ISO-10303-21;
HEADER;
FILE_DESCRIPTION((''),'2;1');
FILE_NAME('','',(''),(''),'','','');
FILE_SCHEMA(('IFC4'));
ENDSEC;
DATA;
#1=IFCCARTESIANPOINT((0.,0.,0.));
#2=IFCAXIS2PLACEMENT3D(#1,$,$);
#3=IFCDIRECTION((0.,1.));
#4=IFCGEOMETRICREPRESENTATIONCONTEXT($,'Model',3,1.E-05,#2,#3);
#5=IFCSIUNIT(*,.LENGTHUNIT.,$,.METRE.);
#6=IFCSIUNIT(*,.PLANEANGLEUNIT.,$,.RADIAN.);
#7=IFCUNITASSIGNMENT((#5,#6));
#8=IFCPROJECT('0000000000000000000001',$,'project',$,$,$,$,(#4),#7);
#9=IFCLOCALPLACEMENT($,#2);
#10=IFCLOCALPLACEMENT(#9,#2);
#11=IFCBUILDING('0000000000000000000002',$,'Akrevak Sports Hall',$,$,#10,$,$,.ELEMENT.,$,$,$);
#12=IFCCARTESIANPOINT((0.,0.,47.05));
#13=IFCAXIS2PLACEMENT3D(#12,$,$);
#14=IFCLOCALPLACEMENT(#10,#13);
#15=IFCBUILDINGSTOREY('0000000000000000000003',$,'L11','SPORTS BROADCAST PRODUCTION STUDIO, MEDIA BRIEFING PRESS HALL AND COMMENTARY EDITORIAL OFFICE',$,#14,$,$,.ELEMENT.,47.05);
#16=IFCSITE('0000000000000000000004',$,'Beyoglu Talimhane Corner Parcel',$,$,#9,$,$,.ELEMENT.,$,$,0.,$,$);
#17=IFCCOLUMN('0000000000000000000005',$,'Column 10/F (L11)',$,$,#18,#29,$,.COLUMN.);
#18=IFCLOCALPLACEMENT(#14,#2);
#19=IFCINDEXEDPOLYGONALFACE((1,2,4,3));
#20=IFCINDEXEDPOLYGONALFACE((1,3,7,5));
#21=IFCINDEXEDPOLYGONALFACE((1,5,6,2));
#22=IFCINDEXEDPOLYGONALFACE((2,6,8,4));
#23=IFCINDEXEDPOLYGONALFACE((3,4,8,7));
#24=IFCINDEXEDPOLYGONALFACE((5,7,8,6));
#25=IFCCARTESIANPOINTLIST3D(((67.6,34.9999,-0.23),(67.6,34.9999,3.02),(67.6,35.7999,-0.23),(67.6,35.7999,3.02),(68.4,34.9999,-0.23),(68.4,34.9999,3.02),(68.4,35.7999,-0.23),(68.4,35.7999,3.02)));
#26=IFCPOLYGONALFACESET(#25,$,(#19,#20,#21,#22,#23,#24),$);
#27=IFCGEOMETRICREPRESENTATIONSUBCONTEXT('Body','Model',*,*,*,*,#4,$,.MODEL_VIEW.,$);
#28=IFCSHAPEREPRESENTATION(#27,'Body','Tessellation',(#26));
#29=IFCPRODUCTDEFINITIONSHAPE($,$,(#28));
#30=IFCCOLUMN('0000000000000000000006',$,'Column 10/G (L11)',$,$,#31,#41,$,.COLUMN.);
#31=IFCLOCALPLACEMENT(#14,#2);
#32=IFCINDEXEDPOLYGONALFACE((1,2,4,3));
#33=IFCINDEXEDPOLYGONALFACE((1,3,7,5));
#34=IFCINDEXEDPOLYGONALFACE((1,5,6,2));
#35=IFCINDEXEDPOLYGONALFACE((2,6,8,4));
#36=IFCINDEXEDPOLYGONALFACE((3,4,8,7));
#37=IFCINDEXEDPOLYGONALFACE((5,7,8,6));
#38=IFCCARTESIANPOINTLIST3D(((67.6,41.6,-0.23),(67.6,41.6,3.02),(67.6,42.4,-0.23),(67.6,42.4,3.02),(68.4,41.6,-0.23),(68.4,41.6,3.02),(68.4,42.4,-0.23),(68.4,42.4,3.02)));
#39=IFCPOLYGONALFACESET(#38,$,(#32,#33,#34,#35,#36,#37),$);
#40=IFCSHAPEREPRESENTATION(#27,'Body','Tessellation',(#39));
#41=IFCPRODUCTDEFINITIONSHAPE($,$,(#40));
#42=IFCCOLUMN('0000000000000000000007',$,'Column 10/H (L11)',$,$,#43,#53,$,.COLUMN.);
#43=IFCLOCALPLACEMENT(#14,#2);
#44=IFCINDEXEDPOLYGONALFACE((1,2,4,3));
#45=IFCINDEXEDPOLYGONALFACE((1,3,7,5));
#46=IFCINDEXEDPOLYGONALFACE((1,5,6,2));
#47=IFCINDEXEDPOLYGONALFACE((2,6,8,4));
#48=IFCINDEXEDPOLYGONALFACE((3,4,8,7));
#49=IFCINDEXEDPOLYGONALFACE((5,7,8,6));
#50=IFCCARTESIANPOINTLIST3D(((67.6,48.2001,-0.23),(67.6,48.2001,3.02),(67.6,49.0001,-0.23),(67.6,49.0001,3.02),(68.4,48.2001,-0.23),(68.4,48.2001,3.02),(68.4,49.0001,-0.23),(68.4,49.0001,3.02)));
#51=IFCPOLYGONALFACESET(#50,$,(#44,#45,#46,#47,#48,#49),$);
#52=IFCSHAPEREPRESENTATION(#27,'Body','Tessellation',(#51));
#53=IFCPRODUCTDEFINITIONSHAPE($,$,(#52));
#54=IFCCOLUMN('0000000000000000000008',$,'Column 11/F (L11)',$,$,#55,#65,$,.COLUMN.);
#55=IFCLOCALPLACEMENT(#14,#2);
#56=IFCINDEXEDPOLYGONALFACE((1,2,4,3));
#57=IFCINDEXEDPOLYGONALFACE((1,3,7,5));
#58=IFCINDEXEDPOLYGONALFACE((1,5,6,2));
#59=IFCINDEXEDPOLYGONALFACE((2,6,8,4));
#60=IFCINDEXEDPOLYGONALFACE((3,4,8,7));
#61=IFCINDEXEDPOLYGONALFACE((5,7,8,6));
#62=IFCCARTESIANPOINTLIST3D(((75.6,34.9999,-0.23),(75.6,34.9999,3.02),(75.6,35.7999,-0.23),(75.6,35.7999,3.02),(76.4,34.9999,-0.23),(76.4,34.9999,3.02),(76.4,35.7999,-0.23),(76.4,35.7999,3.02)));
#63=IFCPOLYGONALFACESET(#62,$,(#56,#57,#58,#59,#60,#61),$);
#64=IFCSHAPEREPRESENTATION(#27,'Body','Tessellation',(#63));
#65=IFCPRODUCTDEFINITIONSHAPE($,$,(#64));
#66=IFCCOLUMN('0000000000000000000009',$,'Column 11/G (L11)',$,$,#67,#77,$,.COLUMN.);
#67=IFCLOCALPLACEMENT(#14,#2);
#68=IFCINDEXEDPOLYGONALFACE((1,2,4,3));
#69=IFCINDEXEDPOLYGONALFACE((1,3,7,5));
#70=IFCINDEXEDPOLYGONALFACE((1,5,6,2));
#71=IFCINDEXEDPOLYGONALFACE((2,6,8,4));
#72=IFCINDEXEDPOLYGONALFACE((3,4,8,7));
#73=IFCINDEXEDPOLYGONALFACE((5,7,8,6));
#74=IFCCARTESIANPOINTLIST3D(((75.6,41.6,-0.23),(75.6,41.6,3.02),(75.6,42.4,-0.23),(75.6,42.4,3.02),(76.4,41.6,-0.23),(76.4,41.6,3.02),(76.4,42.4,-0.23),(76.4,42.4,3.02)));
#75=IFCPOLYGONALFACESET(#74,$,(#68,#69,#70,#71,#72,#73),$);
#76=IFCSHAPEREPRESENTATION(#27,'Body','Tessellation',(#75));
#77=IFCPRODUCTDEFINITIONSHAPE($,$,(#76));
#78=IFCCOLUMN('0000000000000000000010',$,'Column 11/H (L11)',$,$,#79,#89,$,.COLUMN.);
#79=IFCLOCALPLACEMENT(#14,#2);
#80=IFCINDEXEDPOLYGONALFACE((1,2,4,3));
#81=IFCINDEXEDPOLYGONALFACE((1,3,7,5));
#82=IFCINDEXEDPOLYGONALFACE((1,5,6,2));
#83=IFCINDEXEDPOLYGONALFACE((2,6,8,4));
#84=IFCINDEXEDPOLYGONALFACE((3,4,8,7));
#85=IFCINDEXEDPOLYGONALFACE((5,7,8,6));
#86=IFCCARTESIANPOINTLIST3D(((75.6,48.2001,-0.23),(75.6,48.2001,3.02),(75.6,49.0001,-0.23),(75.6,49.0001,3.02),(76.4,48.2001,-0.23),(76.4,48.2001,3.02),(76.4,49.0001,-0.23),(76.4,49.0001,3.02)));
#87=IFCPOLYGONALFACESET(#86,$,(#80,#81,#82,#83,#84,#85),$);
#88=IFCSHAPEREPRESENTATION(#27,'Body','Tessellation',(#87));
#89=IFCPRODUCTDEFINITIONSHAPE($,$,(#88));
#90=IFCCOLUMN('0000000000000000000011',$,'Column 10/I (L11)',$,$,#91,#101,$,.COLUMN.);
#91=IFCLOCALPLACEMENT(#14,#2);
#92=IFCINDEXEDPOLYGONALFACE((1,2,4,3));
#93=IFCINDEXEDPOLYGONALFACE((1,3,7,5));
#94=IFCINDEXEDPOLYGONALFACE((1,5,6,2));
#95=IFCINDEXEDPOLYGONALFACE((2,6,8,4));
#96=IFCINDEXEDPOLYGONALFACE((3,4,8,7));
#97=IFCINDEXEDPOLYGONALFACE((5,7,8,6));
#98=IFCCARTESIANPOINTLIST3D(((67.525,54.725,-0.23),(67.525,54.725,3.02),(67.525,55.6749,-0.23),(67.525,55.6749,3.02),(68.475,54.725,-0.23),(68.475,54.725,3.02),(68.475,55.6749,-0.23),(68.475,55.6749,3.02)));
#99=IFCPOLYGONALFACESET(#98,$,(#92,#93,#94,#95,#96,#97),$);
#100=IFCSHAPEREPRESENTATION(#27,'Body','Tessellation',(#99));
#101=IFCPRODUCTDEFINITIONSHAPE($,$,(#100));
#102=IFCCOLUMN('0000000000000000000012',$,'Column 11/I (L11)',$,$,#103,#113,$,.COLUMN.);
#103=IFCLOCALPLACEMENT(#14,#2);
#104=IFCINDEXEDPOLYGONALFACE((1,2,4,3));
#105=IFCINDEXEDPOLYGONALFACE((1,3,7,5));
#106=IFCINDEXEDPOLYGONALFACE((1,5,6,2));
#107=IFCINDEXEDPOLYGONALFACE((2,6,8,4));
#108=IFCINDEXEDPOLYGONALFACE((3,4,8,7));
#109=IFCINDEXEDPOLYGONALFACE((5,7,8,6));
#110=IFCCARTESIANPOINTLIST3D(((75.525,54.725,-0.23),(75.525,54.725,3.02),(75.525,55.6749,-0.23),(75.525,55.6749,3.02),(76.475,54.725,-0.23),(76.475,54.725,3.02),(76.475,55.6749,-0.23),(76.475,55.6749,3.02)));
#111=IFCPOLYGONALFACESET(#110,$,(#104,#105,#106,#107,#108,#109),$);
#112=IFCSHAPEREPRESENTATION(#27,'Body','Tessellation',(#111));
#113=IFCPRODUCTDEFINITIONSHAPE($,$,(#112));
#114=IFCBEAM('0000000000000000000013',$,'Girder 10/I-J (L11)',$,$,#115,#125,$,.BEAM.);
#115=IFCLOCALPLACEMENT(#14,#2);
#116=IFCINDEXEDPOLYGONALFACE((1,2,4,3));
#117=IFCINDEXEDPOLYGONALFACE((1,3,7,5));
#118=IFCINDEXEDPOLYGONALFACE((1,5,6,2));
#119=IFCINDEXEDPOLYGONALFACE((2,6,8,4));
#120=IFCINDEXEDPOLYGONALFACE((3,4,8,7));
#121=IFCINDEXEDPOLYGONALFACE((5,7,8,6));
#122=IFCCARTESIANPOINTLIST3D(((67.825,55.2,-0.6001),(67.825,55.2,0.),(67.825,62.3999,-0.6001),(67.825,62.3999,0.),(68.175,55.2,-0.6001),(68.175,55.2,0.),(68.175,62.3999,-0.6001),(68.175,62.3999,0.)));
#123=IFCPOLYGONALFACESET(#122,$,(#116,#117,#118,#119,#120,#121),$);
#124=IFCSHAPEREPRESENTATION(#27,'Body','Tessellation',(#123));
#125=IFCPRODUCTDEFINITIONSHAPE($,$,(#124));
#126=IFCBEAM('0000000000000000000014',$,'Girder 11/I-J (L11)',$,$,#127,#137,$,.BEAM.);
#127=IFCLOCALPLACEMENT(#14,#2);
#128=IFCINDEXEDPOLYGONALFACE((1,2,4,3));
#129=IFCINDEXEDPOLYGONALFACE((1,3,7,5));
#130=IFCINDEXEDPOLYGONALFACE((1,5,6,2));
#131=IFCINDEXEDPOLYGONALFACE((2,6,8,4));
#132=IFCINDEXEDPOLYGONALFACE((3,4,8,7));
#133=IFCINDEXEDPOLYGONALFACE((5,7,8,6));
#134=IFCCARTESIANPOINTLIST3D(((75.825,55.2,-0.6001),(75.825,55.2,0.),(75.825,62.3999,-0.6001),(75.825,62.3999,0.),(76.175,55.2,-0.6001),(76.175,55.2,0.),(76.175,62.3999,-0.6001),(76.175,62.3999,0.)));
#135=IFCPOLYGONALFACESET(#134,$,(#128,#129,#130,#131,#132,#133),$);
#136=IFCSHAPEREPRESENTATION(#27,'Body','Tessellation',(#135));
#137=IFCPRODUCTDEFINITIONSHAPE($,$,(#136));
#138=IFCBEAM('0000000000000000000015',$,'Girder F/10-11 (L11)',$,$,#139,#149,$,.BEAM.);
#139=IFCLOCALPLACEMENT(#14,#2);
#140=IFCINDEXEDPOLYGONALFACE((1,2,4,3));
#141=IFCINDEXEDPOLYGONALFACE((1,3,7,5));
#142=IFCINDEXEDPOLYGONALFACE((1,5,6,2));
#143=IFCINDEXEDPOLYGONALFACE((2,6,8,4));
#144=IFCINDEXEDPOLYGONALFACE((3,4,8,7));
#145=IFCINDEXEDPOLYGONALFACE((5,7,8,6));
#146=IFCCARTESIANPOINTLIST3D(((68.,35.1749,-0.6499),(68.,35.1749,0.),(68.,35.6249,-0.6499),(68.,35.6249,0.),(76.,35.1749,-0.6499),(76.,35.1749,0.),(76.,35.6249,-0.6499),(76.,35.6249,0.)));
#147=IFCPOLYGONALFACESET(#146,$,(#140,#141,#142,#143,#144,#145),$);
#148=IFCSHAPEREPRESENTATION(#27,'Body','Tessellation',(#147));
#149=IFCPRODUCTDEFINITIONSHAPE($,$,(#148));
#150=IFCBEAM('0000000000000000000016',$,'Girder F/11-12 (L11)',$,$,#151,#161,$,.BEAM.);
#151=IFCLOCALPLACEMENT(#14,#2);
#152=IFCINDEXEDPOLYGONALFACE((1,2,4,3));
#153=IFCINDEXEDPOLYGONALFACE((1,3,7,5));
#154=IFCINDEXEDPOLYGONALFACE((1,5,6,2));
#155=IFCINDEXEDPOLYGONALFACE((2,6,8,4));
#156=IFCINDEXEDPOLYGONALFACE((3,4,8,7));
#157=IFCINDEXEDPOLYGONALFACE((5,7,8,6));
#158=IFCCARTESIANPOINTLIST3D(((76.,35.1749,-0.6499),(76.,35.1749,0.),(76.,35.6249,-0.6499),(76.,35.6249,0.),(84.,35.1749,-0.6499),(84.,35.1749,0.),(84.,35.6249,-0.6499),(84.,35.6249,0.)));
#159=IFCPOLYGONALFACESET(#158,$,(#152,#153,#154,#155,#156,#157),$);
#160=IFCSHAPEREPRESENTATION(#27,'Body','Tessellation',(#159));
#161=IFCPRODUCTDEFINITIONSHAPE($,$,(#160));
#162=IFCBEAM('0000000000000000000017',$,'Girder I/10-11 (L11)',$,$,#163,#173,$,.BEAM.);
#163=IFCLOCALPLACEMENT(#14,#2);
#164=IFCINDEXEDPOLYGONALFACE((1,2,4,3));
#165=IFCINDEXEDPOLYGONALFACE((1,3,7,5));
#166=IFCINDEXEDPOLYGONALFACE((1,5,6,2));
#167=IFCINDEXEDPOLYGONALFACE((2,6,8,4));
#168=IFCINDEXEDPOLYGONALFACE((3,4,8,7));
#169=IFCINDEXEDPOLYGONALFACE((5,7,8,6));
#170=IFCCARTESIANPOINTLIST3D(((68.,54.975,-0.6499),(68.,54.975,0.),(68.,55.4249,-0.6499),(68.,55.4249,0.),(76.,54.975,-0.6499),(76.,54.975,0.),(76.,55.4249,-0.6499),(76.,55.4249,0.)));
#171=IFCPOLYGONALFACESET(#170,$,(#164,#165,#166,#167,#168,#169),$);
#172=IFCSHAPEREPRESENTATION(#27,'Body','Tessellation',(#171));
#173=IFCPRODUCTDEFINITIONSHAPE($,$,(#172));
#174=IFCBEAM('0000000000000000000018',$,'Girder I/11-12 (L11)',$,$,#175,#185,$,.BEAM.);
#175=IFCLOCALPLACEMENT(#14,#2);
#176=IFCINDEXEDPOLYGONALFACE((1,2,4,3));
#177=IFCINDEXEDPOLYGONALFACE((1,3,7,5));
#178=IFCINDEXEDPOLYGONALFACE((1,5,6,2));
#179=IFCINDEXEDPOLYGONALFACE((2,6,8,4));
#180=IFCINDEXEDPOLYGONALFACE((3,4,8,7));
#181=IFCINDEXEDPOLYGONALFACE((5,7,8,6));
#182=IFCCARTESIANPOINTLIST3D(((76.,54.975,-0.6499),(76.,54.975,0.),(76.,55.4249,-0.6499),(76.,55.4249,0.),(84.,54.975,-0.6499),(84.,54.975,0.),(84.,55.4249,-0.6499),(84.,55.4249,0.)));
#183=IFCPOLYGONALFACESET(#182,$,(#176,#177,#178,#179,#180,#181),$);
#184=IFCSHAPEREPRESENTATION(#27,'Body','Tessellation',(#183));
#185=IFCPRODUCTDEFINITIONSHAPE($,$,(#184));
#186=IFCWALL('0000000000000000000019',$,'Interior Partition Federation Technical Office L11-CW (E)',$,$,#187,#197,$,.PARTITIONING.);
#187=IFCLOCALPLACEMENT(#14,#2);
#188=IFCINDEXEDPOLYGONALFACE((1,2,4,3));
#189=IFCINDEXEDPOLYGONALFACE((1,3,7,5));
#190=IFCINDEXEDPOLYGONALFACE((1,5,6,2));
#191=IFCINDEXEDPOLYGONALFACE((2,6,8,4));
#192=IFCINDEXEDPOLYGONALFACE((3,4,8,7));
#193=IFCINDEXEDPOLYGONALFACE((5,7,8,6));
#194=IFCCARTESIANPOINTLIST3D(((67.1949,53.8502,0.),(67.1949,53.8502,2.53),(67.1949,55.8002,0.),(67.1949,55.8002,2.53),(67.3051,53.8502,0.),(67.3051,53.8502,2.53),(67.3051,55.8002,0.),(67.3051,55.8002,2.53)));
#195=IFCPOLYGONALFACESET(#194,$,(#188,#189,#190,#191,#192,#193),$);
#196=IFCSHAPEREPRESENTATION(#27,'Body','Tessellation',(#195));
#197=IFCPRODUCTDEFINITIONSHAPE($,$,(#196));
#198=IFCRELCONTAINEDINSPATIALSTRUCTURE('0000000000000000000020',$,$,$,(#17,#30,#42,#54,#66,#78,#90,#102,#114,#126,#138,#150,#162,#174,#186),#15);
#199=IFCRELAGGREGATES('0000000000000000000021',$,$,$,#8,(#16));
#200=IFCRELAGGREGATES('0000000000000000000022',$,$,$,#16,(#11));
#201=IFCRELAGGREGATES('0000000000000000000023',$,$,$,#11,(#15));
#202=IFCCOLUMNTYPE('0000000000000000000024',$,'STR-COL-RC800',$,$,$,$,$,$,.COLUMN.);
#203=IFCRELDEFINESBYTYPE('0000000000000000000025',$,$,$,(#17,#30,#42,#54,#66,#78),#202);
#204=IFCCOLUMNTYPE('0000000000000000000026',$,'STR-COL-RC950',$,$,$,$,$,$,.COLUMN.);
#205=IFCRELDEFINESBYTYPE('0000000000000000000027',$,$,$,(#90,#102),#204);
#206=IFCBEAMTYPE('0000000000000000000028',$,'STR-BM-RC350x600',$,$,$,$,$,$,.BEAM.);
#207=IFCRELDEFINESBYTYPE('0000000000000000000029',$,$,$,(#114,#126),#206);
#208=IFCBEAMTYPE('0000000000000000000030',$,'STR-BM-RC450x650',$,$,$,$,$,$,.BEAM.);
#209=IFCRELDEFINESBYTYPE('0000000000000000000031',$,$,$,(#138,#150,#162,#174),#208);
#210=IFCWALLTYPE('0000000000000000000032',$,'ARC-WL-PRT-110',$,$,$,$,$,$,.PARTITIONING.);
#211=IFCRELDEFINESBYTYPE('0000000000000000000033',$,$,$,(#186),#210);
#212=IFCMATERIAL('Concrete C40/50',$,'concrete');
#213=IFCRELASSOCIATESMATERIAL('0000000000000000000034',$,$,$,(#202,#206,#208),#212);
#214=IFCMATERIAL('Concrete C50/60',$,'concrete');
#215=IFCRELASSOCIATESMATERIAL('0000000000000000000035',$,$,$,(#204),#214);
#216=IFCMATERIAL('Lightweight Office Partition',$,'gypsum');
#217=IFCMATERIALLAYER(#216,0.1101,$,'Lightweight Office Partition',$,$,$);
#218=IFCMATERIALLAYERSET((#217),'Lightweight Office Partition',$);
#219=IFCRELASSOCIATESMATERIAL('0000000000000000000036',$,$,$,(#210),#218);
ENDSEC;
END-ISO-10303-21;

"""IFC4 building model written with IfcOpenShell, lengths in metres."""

from ifc_helpers import new_model, si_unit, direction, frame, frame_2d, origin, origin_2d, place, context, subcontext, project, spatial, rectangle, extrude, material, layer, layer_set, material_profile, profile_set, type_object, element, save


model = new_model("IFC4")

# Units and contexts
model_context = context("Model", 3, precision=1e-05, world=origin(), true_north=direction((0.0, 1.0)))
body_context = subcontext(model_context, "Body", "Model", "MODEL_VIEW")
ifc_project = project(units=[si_unit("LENGTHUNIT", "METRE"), si_unit("PLANEANGLEUNIT", "RADIAN")], contexts=[model_context])

# Site, building, storey
site_placement = place(None, origin())
site = spatial("IfcSite", under=ifc_project, at=site_placement, Name="Beyoglu Talimhane Corner Parcel", CompositionType="ELEMENT", RefElevation=0.0)
building_placement = place(site_placement, origin())
building = spatial("IfcBuilding", under=site, at=building_placement, Name="Akrevak Sports Hall", CompositionType="ELEMENT")
storey_placement = place(building_placement, frame((0.0, 0.0, 47.05)))
storey = spatial("IfcBuildingStorey", under=building, at=storey_placement, Name="L11", Description="SPORTS BROADCAST PRODUCTION STUDIO, MEDIA BRIEFING PRESS HALL AND COMMENTARY EDITORIAL OFFICE", CompositionType="ELEMENT", Elevation=47.05)

# Columns
ifc_material_1 = material(Name="Concrete C40/50", Category="concrete")
ifc_material_profile_1 = material_profile(ifc_material_1, rectangle(XDim=0.8, YDim=0.8, at=origin_2d()), Name="RC 800x800", Category="concrete")
ifc_profile_set_1 = profile_set([ifc_material_profile_1], Name="Concrete C40/50")
column_type_1 = type_object("IfcColumnType", Name="STR-COL-RC800", PredefinedType="COLUMN", material=ifc_profile_set_1)
for number, where, z_axis, x_axis, name in (
    (1, (68.0, 35.3999, -0.23), (0.0, 0.0, 1.0), (1.0, 0.0, 0.0), "Column 10/F (L11)"),
    (2, (68.0, 42.0, -0.23), (0.0, 0.0, 1.0), (1.0, 0.0, 0.0), "Column 10/G (L11)"),
    (3, (68.0, 48.6001, -0.23), (0.0, 0.0, 1.0), (1.0, 0.0, 0.0), "Column 10/H (L11)"),
    (4, (76.0, 35.3999, -0.23), (0.0, 0.0, 1.0), (1.0, 0.0, 0.0), "Column 11/F (L11)"),
    (5, (76.0, 42.0, -0.23), (0.0, 0.0, 1.0), (1.0, 0.0, 0.0), "Column 11/G (L11)"),
    (6, (76.0, 48.6001, -0.23), (0.0, 0.0, 1.0), (1.0, 0.0, 0.0), "Column 11/H (L11)"),
):
    element("IfcColumn", number, at=place(storey_placement, frame(where, z_axis=z_axis, x_axis=x_axis)), inside=storey, type_object=column_type_1, Name=name, PredefinedType="COLUMN", context=body_context, shape_type="SweptSolid", body=[
        extrude(rectangle(XDim=0.8, YDim=0.8, at=origin_2d()), origin(), (0.0, 0.0, 1.0), 3.25),
    ])
ifc_material_2 = material(Name="Concrete C50/60", Category="concrete")
ifc_material_profile_2 = material_profile(ifc_material_2, rectangle(XDim=0.95, YDim=0.95, at=origin_2d()), Name="RC 950x950", Category="concrete")
ifc_profile_set_2 = profile_set([ifc_material_profile_2], Name="Concrete C50/60")
column_type_2 = type_object("IfcColumnType", Name="STR-COL-RC950", PredefinedType="COLUMN", material=ifc_profile_set_2)
for number, where, z_axis, x_axis, name in (
    (7, (68.0, 55.2, -0.23), (0.0, 0.0, 1.0), (1.0, 0.0, 0.0), "Column 10/I (L11)"),
    (8, (76.0, 55.2, -0.23), (0.0, 0.0, 1.0), (1.0, 0.0, 0.0), "Column 11/I (L11)"),
):
    element("IfcColumn", number, at=place(storey_placement, frame(where, z_axis=z_axis, x_axis=x_axis)), inside=storey, type_object=column_type_2, Name=name, PredefinedType="COLUMN", context=body_context, shape_type="SweptSolid", body=[
        extrude(rectangle(XDim=0.95, YDim=0.95, at=origin_2d()), origin(), (0.0, 0.0, 1.0), 3.25),
    ])

# Beams
ifc_material_profile_3 = material_profile(ifc_material_1, rectangle(XDim=0.3501, YDim=0.6001, at=origin_2d()), Name="BM 350x600", Category="concrete")
ifc_profile_set_3 = profile_set([ifc_material_profile_3], Name="Concrete C40/50")
beam_type_1 = type_object("IfcBeamType", Name="STR-BM-RC350x600", PredefinedType="BEAM", material=ifc_profile_set_3)
for number, where, z_axis, x_axis, name in (
    (9, (68.0, 55.2, -0.3), (0.0, 1.0, 0.0), (-1.0, 0.0, 0.0), "Girder 10/I-J (L11)"),
    (10, (76.0, 55.2, -0.3), (0.0, 1.0, 0.0), (-1.0, 0.0, 0.0), "Girder 11/I-J (L11)"),
):
    element("IfcBeam", number, at=place(storey_placement, frame(where, z_axis=z_axis, x_axis=x_axis)), inside=storey, type_object=beam_type_1, Name=name, PredefinedType="BEAM", context=body_context, shape_type="SweptSolid", body=[
        extrude(rectangle(XDim=0.3501, YDim=0.6001, at=origin_2d()), origin(), (0.0, 0.0, 1.0), 7.2),
    ])
ifc_material_profile_4 = material_profile(ifc_material_1, rectangle(XDim=0.45, YDim=0.6499, at=origin_2d()), Name="BM 450x650", Category="concrete")
ifc_profile_set_4 = profile_set([ifc_material_profile_4], Name="Concrete C40/50")
beam_type_2 = type_object("IfcBeamType", Name="STR-BM-RC450x650", PredefinedType="BEAM", material=ifc_profile_set_4)
for number, where, z_axis, x_axis, name in (
    (11, (68.0, 35.3999, -0.325), (1.0, 0.0, 0.0), (0.0, 1.0, 0.0), "Girder F/10-11 (L11)"),
    (12, (76.0, 35.3999, -0.325), (1.0, 0.0, 0.0), (0.0, 1.0, 0.0), "Girder F/11-12 (L11)"),
    (13, (68.0, 55.2, -0.325), (1.0, 0.0, 0.0), (0.0, 1.0, 0.0), "Girder I/10-11 (L11)"),
    (14, (76.0, 55.2, -0.325), (1.0, 0.0, 0.0), (0.0, 1.0, 0.0), "Girder I/11-12 (L11)"),
):
    element("IfcBeam", number, at=place(storey_placement, frame(where, z_axis=z_axis, x_axis=x_axis)), inside=storey, type_object=beam_type_2, Name=name, PredefinedType="BEAM", context=body_context, shape_type="SweptSolid", body=[
        extrude(rectangle(XDim=0.45, YDim=0.6499, at=origin_2d()), origin(), (0.0, 0.0, 1.0), 8.0),
    ])

# Wall
ifc_material_3 = material(Name="Lightweight Office Partition", Category="gypsum")
ifc_layer_1 = layer(ifc_material_3, 0.1101, Name="Lightweight Office Partition")
ifc_layer_set_1 = layer_set([ifc_layer_1], Name="Lightweight Office Partition")
wall_type_1 = type_object("IfcWallType", Name="ARC-WL-PRT-110", PredefinedType="PARTITIONING", material=ifc_layer_set_1)
wall_1_placement = place(storey_placement, frame((67.25, 53.8501, 0.0), z_axis=(0.0, 0.0, 1.0), x_axis=(0.0, 1.0, 0.0)))
element("IfcWall", 15, at=wall_1_placement, inside=storey, type_object=wall_type_1, Name="Interior Partition Federation Technical Office L11-CW (E)", PredefinedType="PARTITIONING", context=body_context, shape_type="SweptSolid", body=[
    extrude(rectangle(XDim=1.95, YDim=0.1101, at=frame_2d((0.9751, 0.0))), origin(), (0.0, 0.0, 1.0), 2.53),
])

save(model, "model.ifc")
